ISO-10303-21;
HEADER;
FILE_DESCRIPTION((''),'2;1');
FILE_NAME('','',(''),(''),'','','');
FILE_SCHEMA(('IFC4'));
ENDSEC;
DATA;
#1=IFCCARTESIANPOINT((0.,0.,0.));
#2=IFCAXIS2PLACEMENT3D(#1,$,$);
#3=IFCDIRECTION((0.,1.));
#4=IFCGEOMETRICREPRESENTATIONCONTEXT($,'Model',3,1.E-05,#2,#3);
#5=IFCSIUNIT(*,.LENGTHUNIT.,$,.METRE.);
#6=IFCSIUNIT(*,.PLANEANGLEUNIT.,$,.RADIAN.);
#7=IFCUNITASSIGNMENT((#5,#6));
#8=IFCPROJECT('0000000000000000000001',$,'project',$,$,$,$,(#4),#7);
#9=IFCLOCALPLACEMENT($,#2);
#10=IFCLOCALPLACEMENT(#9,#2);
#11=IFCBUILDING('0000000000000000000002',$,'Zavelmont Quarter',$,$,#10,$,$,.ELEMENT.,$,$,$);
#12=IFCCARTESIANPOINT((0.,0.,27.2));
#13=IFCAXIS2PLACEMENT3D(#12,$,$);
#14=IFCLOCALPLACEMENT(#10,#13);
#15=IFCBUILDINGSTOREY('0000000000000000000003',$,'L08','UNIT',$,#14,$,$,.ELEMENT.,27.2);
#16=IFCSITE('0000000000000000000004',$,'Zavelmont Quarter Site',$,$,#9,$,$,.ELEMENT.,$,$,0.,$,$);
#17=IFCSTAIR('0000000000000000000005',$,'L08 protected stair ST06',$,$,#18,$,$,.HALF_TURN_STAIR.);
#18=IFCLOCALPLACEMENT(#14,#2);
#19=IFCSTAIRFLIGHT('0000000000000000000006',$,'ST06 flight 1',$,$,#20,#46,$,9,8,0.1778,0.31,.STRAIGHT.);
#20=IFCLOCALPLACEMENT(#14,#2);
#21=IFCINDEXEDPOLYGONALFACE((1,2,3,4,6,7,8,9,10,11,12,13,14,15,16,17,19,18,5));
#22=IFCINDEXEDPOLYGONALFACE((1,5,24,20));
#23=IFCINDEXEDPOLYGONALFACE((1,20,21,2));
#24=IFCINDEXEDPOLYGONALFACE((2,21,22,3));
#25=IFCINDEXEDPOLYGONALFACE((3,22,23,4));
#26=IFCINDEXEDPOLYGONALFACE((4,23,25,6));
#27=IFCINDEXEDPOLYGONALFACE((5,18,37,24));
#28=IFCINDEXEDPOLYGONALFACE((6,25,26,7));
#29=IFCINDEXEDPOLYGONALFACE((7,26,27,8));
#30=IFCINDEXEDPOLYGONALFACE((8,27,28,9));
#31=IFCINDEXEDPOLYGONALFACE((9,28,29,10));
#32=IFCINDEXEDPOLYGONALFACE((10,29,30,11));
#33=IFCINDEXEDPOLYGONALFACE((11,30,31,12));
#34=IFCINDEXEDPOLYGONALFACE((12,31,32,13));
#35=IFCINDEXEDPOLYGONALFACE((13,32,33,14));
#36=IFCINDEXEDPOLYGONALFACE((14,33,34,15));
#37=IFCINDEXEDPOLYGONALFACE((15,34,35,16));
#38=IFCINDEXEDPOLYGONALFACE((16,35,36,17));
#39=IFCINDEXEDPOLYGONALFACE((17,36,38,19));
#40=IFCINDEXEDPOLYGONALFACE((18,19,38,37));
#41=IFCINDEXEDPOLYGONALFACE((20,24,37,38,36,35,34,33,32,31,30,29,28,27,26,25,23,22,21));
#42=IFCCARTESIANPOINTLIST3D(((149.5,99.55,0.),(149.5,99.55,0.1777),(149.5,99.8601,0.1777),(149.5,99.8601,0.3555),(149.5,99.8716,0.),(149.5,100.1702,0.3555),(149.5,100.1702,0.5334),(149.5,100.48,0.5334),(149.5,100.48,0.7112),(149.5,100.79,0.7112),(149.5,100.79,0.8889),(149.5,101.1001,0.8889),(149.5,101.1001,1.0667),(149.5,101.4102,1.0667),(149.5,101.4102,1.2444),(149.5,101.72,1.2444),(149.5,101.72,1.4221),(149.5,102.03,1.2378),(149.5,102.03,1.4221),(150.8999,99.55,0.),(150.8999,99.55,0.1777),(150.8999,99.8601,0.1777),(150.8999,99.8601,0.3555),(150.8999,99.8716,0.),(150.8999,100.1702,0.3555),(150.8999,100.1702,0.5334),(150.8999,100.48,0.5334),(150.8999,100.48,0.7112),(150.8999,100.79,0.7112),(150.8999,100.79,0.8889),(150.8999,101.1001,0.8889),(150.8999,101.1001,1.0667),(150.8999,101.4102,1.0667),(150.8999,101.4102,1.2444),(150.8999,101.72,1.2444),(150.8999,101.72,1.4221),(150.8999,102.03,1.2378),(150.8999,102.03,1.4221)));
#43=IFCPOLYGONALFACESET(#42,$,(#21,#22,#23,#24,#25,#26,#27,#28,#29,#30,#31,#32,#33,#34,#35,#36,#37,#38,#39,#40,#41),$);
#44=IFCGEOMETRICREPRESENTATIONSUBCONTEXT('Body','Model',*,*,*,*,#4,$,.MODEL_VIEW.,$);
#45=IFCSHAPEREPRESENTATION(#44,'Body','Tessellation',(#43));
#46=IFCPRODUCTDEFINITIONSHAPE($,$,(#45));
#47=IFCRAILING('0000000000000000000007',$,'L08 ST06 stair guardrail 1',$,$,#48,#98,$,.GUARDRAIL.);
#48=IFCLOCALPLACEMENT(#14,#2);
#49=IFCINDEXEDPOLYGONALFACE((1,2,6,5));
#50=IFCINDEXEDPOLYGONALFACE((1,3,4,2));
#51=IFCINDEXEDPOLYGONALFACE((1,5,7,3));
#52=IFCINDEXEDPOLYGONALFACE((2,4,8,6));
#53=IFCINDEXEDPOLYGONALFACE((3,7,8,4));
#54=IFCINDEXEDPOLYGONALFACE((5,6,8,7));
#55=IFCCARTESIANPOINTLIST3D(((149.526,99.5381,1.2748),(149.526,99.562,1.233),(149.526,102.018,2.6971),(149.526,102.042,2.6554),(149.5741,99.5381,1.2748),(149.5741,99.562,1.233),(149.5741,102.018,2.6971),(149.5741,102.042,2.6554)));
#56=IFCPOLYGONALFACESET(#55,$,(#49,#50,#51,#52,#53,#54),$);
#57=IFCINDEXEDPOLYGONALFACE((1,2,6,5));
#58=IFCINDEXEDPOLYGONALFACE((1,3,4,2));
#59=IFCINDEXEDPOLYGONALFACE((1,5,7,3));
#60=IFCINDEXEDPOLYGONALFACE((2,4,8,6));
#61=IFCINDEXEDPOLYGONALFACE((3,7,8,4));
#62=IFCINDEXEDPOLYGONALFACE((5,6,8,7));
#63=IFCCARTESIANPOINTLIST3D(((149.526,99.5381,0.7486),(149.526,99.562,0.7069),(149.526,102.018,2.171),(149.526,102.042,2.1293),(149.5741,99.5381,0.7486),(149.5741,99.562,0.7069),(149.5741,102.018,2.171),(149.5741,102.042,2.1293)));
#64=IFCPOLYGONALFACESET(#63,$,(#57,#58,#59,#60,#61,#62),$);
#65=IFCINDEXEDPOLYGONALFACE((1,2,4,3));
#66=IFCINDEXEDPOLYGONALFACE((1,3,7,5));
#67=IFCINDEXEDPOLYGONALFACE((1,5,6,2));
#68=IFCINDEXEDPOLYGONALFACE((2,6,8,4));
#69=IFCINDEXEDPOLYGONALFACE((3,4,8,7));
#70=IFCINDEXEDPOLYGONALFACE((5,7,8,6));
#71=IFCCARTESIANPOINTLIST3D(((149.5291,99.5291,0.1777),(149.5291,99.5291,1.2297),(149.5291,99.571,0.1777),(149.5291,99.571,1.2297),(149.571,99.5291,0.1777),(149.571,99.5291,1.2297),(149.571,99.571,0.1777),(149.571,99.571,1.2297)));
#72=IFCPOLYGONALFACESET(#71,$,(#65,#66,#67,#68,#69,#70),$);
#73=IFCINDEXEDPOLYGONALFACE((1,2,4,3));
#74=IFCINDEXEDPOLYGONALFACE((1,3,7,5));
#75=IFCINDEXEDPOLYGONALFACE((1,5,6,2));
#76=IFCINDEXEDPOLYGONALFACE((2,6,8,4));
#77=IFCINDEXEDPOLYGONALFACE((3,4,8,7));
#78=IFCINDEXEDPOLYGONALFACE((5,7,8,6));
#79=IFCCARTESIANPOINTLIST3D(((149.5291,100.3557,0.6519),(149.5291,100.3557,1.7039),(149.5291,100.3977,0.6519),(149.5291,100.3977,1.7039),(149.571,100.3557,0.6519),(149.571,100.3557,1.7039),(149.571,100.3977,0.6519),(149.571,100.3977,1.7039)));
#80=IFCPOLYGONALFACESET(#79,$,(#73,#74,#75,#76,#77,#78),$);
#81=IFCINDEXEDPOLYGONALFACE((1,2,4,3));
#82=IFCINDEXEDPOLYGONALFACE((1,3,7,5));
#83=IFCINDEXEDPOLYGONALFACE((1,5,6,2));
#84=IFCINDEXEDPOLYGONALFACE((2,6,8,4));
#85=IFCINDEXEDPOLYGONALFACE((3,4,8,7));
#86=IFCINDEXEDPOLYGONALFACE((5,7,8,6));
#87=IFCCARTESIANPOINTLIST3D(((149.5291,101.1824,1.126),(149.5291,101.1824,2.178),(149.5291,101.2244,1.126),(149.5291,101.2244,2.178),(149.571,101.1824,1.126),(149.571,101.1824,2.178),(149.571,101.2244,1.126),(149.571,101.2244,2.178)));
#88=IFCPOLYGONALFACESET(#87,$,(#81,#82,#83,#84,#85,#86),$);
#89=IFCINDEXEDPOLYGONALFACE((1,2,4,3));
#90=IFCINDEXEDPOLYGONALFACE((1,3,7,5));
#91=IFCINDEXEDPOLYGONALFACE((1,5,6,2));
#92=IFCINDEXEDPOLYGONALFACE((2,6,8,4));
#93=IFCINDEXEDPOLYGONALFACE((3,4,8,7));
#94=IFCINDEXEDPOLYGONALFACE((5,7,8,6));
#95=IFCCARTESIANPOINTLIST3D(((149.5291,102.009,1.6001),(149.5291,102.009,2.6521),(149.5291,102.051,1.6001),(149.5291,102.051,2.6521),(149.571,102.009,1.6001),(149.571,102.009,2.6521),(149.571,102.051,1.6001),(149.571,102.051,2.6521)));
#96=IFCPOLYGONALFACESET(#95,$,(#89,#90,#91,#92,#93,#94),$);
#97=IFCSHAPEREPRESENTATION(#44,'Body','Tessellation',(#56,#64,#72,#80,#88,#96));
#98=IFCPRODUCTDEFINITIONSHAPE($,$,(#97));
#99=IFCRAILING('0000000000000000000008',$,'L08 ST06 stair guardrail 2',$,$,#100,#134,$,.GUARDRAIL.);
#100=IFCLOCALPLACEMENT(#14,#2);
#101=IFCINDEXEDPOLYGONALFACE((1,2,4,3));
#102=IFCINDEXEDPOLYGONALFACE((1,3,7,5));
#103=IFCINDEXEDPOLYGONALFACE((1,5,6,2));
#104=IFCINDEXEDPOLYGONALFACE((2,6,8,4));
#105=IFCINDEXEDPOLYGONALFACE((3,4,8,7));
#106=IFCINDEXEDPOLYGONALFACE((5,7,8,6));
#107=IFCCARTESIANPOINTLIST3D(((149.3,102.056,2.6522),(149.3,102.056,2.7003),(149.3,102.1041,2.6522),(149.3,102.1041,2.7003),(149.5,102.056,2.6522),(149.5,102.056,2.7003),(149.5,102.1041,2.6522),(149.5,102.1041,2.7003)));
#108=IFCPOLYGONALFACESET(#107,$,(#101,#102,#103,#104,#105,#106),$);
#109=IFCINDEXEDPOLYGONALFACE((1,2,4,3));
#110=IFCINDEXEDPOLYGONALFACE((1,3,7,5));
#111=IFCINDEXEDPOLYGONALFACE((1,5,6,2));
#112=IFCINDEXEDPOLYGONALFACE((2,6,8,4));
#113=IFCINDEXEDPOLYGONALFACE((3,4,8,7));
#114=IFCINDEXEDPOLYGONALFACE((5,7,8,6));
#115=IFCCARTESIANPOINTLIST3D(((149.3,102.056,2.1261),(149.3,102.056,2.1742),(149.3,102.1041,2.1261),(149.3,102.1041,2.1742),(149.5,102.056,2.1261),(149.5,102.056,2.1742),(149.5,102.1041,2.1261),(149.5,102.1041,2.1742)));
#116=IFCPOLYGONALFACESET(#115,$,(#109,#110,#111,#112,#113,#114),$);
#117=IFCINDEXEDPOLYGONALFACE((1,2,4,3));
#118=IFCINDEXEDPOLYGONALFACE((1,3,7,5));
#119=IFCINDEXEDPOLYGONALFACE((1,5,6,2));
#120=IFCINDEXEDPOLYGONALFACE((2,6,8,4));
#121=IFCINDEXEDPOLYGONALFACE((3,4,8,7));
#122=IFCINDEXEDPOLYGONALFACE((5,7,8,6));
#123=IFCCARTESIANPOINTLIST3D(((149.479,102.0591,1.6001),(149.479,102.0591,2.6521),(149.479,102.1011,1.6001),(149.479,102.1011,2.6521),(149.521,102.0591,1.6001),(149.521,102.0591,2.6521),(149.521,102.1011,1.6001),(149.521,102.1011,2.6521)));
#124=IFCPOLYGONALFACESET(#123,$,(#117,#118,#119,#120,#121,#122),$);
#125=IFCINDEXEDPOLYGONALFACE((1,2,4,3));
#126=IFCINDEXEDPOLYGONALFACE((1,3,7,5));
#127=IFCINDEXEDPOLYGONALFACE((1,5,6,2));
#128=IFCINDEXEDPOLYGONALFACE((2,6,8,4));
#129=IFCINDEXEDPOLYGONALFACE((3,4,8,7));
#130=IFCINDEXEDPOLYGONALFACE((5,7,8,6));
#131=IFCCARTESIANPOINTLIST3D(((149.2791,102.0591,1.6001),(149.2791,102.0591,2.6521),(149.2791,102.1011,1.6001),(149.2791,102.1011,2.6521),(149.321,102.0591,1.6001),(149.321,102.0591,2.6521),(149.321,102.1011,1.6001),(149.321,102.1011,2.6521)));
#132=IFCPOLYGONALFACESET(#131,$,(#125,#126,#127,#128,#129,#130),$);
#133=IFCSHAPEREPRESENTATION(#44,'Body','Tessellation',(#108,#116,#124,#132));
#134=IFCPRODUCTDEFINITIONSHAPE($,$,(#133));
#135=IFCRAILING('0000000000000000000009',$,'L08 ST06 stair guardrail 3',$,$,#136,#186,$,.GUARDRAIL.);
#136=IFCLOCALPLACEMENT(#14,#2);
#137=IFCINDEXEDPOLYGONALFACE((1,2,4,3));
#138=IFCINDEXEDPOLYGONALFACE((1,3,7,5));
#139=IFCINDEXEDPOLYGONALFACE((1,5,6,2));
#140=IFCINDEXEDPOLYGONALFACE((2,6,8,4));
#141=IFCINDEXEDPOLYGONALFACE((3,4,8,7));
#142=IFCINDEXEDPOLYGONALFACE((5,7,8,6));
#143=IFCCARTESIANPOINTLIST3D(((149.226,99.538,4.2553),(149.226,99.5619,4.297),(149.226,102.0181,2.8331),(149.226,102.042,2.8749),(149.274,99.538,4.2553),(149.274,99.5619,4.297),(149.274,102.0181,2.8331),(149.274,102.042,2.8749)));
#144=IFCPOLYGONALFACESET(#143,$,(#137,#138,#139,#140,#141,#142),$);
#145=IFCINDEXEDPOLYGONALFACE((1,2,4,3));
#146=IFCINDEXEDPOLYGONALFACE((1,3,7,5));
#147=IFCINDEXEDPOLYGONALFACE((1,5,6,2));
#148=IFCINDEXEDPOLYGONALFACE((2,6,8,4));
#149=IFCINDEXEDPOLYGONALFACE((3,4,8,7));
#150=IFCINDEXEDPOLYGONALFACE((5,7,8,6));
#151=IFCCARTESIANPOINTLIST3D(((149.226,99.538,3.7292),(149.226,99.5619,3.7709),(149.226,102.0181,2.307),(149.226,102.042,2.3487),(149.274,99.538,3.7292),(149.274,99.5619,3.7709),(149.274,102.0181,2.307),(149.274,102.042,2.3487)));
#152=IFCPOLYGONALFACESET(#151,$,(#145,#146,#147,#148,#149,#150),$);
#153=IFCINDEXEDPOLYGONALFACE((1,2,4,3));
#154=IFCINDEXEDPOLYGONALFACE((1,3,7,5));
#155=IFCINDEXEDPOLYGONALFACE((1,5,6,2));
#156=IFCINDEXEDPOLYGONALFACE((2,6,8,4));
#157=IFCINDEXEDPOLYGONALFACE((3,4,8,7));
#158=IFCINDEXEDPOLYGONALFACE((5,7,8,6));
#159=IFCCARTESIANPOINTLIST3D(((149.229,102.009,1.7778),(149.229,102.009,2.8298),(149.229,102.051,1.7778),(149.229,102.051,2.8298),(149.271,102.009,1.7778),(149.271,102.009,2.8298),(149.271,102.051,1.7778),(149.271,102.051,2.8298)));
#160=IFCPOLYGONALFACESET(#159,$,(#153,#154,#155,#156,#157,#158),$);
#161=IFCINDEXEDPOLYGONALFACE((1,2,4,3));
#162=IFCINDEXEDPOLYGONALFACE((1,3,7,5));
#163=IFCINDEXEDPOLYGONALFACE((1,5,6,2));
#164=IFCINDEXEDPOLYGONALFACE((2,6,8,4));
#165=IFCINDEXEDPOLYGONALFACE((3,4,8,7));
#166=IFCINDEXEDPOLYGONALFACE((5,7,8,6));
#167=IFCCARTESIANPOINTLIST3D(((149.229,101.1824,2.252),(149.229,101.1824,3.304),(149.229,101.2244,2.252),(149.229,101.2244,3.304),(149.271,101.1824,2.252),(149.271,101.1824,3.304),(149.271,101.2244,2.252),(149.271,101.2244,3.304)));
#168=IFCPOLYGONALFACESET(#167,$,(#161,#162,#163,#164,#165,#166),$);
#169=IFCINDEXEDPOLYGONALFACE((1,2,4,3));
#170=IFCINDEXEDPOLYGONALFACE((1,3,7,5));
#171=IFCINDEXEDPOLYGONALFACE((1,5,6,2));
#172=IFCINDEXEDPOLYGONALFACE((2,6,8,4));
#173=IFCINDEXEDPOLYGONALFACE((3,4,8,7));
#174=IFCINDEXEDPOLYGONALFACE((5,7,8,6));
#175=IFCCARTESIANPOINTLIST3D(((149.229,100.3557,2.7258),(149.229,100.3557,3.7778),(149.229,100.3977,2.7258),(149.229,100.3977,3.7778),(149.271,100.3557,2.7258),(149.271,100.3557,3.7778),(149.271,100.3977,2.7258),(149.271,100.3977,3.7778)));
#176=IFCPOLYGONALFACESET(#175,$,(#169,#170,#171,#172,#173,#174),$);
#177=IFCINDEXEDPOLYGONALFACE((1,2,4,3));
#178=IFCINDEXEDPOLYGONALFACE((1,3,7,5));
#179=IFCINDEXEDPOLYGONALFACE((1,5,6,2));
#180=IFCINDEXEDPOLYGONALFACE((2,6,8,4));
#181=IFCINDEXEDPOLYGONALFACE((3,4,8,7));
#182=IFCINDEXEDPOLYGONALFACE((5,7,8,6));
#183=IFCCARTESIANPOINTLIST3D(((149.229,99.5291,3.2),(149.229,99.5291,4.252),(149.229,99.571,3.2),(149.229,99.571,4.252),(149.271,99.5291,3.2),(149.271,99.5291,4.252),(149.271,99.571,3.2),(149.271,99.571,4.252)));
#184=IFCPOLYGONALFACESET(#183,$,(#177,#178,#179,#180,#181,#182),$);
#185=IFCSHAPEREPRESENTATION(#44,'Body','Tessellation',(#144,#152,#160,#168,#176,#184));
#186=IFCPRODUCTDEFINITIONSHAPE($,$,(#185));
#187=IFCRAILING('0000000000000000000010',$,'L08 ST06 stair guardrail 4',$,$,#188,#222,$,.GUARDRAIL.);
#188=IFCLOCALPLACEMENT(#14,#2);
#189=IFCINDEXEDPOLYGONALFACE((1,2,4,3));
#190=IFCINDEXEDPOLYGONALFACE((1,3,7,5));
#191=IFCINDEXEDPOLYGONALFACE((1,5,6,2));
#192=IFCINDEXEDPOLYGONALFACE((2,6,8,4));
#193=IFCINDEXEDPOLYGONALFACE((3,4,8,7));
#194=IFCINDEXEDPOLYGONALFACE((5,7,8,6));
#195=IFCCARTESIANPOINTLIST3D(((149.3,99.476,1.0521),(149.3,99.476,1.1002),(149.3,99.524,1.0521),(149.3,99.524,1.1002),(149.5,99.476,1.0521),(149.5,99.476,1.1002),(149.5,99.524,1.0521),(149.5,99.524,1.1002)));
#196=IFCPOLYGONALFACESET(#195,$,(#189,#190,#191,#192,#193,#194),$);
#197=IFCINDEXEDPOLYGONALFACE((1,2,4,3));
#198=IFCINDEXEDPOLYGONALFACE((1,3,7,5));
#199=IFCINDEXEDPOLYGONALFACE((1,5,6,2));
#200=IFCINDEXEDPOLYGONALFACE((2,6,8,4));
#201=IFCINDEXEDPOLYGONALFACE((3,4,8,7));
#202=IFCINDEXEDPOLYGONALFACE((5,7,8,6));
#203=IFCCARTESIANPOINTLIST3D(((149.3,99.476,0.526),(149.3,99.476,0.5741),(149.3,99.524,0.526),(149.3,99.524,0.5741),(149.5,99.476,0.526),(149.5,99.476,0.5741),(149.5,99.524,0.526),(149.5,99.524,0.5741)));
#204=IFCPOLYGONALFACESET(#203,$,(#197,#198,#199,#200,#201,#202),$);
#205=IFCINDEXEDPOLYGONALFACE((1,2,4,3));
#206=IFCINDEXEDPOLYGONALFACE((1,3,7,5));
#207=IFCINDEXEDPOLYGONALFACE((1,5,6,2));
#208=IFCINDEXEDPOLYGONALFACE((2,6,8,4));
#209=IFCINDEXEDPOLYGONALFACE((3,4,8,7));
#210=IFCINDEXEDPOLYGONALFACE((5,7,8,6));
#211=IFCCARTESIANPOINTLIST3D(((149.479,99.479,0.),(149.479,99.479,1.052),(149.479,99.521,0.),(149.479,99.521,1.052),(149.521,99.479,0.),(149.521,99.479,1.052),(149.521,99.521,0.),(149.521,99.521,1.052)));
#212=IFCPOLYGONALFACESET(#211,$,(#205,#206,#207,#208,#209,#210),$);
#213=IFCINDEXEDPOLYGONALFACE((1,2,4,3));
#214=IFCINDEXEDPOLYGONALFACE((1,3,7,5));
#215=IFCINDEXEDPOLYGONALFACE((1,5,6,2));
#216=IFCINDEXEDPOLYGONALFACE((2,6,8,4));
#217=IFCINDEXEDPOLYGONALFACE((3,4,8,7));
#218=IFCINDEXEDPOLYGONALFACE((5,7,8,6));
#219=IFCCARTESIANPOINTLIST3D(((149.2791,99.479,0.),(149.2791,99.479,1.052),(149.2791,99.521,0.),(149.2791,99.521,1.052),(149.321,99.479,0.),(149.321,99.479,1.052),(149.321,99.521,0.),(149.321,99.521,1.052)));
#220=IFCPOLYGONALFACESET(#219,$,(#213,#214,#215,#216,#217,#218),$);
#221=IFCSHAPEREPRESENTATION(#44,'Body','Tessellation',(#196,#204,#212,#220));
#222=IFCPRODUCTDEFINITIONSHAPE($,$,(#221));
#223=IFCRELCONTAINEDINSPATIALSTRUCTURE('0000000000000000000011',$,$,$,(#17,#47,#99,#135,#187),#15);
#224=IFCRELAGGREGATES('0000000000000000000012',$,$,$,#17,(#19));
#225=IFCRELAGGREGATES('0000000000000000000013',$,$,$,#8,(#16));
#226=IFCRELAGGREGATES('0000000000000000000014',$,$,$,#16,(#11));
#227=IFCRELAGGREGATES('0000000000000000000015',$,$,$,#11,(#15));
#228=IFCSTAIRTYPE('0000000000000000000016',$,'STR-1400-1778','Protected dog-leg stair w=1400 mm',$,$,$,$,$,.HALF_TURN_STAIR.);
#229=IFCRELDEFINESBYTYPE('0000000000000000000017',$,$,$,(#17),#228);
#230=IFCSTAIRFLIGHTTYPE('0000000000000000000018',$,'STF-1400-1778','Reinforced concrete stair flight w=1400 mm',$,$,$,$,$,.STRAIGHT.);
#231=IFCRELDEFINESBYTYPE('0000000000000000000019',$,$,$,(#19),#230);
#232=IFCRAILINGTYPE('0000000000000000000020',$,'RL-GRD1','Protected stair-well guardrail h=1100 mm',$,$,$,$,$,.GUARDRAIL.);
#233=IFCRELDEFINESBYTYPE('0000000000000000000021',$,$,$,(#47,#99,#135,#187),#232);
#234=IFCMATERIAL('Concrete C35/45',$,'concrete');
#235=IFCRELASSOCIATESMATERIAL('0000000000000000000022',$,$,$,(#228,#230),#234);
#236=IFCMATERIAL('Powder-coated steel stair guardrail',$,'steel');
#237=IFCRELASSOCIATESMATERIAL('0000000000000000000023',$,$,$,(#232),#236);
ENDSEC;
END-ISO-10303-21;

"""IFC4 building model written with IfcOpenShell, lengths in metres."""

from ifc_helpers import new_model, si_unit, direction, frame, origin, origin_2d, place, context, subcontext, project, spatial, polyline, rectangle, outline, extrude, material, type_object, element, aggregate, save


model = new_model("IFC4")

# Units and contexts
model_context = context("Model", 3, precision=1e-05, world=origin(), true_north=direction((0.0, 1.0)))
body_context = subcontext(model_context, "Body", "Model", "MODEL_VIEW")
ifc_project = project(units=[si_unit("LENGTHUNIT", "METRE"), si_unit("PLANEANGLEUNIT", "RADIAN")], contexts=[model_context])

# Site, building, storey
site_placement = place(None, origin())
site = spatial("IfcSite", under=ifc_project, at=site_placement, Name="Zavelmont Quarter Site", CompositionType="ELEMENT", RefElevation=0.0)
building_placement = place(site_placement, origin())
building = spatial("IfcBuilding", under=site, at=building_placement, Name="Zavelmont Quarter", CompositionType="ELEMENT")
storey_placement = place(building_placement, frame((0.0, 0.0, 27.2)))
storey = spatial("IfcBuildingStorey", under=building, at=storey_placement, Name="L08", Description="UNIT", CompositionType="ELEMENT", Elevation=27.2)

# Shared definitions
ifc_material_1 = material(Name="Concrete C35/45", Category="concrete")

# Stair, stair flight
stair_type = type_object("IfcStairType", Name="STR-1400-1778", Description="Protected dog-leg stair w=1400 mm", PredefinedType="HALF_TURN_STAIR", material=ifc_material_1)
stair_placement = place(storey_placement, origin())
stair = element("IfcStair", 1, at=stair_placement, inside=storey, type_object=stair_type, Name="L08 protected stair ST06", PredefinedType="HALF_TURN_STAIR")
stair_flight_type = type_object("IfcStairFlightType", Name="STF-1400-1778", Description="Reinforced concrete stair flight w=1400 mm", PredefinedType="STRAIGHT", material=ifc_material_1)
stair_flight_placement = place(storey_placement, frame((150.2, 99.55, 0.0), z_axis=(0.0, 0.0, 1.0), x_axis=(0.0, 1.0, 0.0)))
stair_flight = element("IfcStairFlight", 2, at=stair_flight_placement, type_object=stair_flight_type, Name="ST06 flight 1", NumberOfRisers=9, NumberOfTreads=8, PredefinedType="STRAIGHT", RiserHeight=0.1778, TreadLength=0.31, context=body_context, shape_type="SweptSolid", body=[
    extrude(outline(polyline([(0.0, 0.0), (0.0, 0.1777), (0.3101, 0.1777), (0.3101, 0.3555), (0.6201, 0.3555), (0.6201, 0.5334), (0.9299, 0.5334), (0.9299, 0.7112), (1.24, 0.7112), (1.24, 0.8889), (1.55, 0.8889), (1.55, 1.0667), (1.8601, 1.0667), (1.8601, 1.2444), (2.1699, 1.2444), (2.1699, 1.4221), (2.48, 1.4221), (2.48, 1.6001), (2.48, 1.2378), (0.3215, 0.0), (0.0, 0.0)])), frame((0.0, 0.7, 0.0), z_axis=(0.0, -1.0, 0.0), x_axis=(1.0, 0.0, 0.0)), (0.0, 0.0, 1.0), 1.3999),
])
aggregate(stair, [stair_flight])

# Railings
ifc_material_2 = material(Name="Powder-coated steel stair guardrail", Category="steel")
railing_type_1 = type_object("IfcRailingType", Name="RL-GRD1", Description="Protected stair-well guardrail h=1100 mm", PredefinedType="GUARDRAIL", material=ifc_material_2)
railing_1_placement = place(storey_placement, frame((149.55, 99.55, 0.1777)))
element("IfcRailing", 3, at=railing_1_placement, inside=storey, type_object=railing_type_1, Name="L08 ST06 stair guardrail 1", PredefinedType="GUARDRAIL", context=body_context, shape_type="SweptSolid", body=[
    extrude(rectangle(XDim=0.0481, YDim=0.0481, at=origin_2d()), frame((0.0, 0.0, 1.0762), z_axis=(0.0, 0.867454, 0.497518), x_axis=(-1.0, 0.0, 0.0)), (0.0, 0.0, 1.0), 2.8589),
    extrude(rectangle(XDim=0.0481, YDim=0.0481, at=origin_2d()), frame((0.0, 0.0, 0.55), z_axis=(0.0, 0.867454, 0.497518), x_axis=(-1.0, 0.0, 0.0)), (0.0, 0.0, 1.0), 2.8589),
    extrude(rectangle(XDim=0.042, YDim=0.042, at=origin_2d()), origin(), (0.0, 0.0, 1.0), 1.052),
    extrude(rectangle(XDim=0.042, YDim=0.042, at=origin_2d()), frame((0.0, 0.8267, 0.4741)), (0.0, 0.0, 1.0), 1.052),
    extrude(rectangle(XDim=0.042, YDim=0.042, at=origin_2d()), frame((0.0, 1.6533, 0.9482)), (0.0, 0.0, 1.0), 1.052),
    extrude(rectangle(XDim=0.042, YDim=0.042, at=origin_2d()), frame((0.0, 2.48, 1.4224)), (0.0, 0.0, 1.0), 1.052),
])
railing_2_placement = place(storey_placement, frame((149.5, 102.0801, 1.6001)))
element("IfcRailing", 4, at=railing_2_placement, inside=storey, type_object=railing_type_1, Name="L08 ST06 stair guardrail 2", PredefinedType="GUARDRAIL", context=body_context, shape_type="SweptSolid", body=[
    extrude(rectangle(XDim=0.0481, YDim=0.0481, at=origin_2d()), frame((0.0, 0.0, 1.0762), z_axis=(-1.0, 0.0, 0.0), x_axis=(0.0, -1.0, 0.0)), (0.0, 0.0, 1.0), 0.2),
    extrude(rectangle(XDim=0.0481, YDim=0.0481, at=origin_2d()), frame((0.0, 0.0, 0.55), z_axis=(-1.0, 0.0, 0.0), x_axis=(0.0, -1.0, 0.0)), (0.0, 0.0, 1.0), 0.2),
    extrude(rectangle(XDim=0.042, YDim=0.042, at=origin_2d()), origin(), (0.0, 0.0, 1.0), 1.052),
    extrude(rectangle(XDim=0.042, YDim=0.042, at=origin_2d()), frame((-0.2, 0.0, 0.0)), (0.0, 0.0, 1.0), 1.052),
])
railing_3_placement = place(storey_placement, frame((149.25, 102.03, 1.7778)))
element("IfcRailing", 5, at=railing_3_placement, inside=storey, type_object=railing_type_1, Name="L08 ST06 stair guardrail 3", PredefinedType="GUARDRAIL", context=body_context, shape_type="SweptSolid", body=[
    extrude(rectangle(XDim=0.0481, YDim=0.0481, at=origin_2d()), frame((0.0, 0.0, 1.0762), z_axis=(0.0, -0.867491, 0.497454), x_axis=(1.0, 0.0, 0.0)), (0.0, 0.0, 1.0), 2.8589),
    extrude(rectangle(XDim=0.0481, YDim=0.0481, at=origin_2d()), frame((0.0, 0.0, 0.55), z_axis=(0.0, -0.867491, 0.497454), x_axis=(1.0, 0.0, 0.0)), (0.0, 0.0, 1.0), 2.8589),
    extrude(rectangle(XDim=0.042, YDim=0.042, at=origin_2d()), origin(), (0.0, 0.0, 1.0), 1.052),
    extrude(rectangle(XDim=0.042, YDim=0.042, at=origin_2d()), frame((0.0, -0.8267, 0.4741)), (0.0, 0.0, 1.0), 1.052),
    extrude(rectangle(XDim=0.042, YDim=0.042, at=origin_2d()), frame((0.0, -1.6533, 0.948)), (0.0, 0.0, 1.0), 1.052),
    extrude(rectangle(XDim=0.042, YDim=0.042, at=origin_2d()), frame((0.0, -2.48, 1.4221)), (0.0, 0.0, 1.0), 1.052),
])
railing_4_placement = place(storey_placement, frame((149.5, 99.5, 0.0)))
element("IfcRailing", 6, at=railing_4_placement, inside=storey, type_object=railing_type_1, Name="L08 ST06 stair guardrail 4", PredefinedType="GUARDRAIL", context=body_context, shape_type="SweptSolid", body=[
    extrude(rectangle(XDim=0.0481, YDim=0.0481, at=origin_2d()), frame((0.0, 0.0, 1.0762), z_axis=(-1.0, 0.0, 0.0), x_axis=(0.0, -1.0, 0.0)), (0.0, 0.0, 1.0), 0.2),
    extrude(rectangle(XDim=0.0481, YDim=0.0481, at=origin_2d()), frame((0.0, 0.0, 0.55), z_axis=(-1.0, 0.0, 0.0), x_axis=(0.0, -1.0, 0.0)), (0.0, 0.0, 1.0), 0.2),
    extrude(rectangle(XDim=0.042, YDim=0.042, at=origin_2d()), origin(), (0.0, 0.0, 1.0), 1.052),
    extrude(rectangle(XDim=0.042, YDim=0.042, at=origin_2d()), frame((-0.2, 0.0, 0.0)), (0.0, 0.0, 1.0), 1.052),
])

save(model, "model.ifc")
